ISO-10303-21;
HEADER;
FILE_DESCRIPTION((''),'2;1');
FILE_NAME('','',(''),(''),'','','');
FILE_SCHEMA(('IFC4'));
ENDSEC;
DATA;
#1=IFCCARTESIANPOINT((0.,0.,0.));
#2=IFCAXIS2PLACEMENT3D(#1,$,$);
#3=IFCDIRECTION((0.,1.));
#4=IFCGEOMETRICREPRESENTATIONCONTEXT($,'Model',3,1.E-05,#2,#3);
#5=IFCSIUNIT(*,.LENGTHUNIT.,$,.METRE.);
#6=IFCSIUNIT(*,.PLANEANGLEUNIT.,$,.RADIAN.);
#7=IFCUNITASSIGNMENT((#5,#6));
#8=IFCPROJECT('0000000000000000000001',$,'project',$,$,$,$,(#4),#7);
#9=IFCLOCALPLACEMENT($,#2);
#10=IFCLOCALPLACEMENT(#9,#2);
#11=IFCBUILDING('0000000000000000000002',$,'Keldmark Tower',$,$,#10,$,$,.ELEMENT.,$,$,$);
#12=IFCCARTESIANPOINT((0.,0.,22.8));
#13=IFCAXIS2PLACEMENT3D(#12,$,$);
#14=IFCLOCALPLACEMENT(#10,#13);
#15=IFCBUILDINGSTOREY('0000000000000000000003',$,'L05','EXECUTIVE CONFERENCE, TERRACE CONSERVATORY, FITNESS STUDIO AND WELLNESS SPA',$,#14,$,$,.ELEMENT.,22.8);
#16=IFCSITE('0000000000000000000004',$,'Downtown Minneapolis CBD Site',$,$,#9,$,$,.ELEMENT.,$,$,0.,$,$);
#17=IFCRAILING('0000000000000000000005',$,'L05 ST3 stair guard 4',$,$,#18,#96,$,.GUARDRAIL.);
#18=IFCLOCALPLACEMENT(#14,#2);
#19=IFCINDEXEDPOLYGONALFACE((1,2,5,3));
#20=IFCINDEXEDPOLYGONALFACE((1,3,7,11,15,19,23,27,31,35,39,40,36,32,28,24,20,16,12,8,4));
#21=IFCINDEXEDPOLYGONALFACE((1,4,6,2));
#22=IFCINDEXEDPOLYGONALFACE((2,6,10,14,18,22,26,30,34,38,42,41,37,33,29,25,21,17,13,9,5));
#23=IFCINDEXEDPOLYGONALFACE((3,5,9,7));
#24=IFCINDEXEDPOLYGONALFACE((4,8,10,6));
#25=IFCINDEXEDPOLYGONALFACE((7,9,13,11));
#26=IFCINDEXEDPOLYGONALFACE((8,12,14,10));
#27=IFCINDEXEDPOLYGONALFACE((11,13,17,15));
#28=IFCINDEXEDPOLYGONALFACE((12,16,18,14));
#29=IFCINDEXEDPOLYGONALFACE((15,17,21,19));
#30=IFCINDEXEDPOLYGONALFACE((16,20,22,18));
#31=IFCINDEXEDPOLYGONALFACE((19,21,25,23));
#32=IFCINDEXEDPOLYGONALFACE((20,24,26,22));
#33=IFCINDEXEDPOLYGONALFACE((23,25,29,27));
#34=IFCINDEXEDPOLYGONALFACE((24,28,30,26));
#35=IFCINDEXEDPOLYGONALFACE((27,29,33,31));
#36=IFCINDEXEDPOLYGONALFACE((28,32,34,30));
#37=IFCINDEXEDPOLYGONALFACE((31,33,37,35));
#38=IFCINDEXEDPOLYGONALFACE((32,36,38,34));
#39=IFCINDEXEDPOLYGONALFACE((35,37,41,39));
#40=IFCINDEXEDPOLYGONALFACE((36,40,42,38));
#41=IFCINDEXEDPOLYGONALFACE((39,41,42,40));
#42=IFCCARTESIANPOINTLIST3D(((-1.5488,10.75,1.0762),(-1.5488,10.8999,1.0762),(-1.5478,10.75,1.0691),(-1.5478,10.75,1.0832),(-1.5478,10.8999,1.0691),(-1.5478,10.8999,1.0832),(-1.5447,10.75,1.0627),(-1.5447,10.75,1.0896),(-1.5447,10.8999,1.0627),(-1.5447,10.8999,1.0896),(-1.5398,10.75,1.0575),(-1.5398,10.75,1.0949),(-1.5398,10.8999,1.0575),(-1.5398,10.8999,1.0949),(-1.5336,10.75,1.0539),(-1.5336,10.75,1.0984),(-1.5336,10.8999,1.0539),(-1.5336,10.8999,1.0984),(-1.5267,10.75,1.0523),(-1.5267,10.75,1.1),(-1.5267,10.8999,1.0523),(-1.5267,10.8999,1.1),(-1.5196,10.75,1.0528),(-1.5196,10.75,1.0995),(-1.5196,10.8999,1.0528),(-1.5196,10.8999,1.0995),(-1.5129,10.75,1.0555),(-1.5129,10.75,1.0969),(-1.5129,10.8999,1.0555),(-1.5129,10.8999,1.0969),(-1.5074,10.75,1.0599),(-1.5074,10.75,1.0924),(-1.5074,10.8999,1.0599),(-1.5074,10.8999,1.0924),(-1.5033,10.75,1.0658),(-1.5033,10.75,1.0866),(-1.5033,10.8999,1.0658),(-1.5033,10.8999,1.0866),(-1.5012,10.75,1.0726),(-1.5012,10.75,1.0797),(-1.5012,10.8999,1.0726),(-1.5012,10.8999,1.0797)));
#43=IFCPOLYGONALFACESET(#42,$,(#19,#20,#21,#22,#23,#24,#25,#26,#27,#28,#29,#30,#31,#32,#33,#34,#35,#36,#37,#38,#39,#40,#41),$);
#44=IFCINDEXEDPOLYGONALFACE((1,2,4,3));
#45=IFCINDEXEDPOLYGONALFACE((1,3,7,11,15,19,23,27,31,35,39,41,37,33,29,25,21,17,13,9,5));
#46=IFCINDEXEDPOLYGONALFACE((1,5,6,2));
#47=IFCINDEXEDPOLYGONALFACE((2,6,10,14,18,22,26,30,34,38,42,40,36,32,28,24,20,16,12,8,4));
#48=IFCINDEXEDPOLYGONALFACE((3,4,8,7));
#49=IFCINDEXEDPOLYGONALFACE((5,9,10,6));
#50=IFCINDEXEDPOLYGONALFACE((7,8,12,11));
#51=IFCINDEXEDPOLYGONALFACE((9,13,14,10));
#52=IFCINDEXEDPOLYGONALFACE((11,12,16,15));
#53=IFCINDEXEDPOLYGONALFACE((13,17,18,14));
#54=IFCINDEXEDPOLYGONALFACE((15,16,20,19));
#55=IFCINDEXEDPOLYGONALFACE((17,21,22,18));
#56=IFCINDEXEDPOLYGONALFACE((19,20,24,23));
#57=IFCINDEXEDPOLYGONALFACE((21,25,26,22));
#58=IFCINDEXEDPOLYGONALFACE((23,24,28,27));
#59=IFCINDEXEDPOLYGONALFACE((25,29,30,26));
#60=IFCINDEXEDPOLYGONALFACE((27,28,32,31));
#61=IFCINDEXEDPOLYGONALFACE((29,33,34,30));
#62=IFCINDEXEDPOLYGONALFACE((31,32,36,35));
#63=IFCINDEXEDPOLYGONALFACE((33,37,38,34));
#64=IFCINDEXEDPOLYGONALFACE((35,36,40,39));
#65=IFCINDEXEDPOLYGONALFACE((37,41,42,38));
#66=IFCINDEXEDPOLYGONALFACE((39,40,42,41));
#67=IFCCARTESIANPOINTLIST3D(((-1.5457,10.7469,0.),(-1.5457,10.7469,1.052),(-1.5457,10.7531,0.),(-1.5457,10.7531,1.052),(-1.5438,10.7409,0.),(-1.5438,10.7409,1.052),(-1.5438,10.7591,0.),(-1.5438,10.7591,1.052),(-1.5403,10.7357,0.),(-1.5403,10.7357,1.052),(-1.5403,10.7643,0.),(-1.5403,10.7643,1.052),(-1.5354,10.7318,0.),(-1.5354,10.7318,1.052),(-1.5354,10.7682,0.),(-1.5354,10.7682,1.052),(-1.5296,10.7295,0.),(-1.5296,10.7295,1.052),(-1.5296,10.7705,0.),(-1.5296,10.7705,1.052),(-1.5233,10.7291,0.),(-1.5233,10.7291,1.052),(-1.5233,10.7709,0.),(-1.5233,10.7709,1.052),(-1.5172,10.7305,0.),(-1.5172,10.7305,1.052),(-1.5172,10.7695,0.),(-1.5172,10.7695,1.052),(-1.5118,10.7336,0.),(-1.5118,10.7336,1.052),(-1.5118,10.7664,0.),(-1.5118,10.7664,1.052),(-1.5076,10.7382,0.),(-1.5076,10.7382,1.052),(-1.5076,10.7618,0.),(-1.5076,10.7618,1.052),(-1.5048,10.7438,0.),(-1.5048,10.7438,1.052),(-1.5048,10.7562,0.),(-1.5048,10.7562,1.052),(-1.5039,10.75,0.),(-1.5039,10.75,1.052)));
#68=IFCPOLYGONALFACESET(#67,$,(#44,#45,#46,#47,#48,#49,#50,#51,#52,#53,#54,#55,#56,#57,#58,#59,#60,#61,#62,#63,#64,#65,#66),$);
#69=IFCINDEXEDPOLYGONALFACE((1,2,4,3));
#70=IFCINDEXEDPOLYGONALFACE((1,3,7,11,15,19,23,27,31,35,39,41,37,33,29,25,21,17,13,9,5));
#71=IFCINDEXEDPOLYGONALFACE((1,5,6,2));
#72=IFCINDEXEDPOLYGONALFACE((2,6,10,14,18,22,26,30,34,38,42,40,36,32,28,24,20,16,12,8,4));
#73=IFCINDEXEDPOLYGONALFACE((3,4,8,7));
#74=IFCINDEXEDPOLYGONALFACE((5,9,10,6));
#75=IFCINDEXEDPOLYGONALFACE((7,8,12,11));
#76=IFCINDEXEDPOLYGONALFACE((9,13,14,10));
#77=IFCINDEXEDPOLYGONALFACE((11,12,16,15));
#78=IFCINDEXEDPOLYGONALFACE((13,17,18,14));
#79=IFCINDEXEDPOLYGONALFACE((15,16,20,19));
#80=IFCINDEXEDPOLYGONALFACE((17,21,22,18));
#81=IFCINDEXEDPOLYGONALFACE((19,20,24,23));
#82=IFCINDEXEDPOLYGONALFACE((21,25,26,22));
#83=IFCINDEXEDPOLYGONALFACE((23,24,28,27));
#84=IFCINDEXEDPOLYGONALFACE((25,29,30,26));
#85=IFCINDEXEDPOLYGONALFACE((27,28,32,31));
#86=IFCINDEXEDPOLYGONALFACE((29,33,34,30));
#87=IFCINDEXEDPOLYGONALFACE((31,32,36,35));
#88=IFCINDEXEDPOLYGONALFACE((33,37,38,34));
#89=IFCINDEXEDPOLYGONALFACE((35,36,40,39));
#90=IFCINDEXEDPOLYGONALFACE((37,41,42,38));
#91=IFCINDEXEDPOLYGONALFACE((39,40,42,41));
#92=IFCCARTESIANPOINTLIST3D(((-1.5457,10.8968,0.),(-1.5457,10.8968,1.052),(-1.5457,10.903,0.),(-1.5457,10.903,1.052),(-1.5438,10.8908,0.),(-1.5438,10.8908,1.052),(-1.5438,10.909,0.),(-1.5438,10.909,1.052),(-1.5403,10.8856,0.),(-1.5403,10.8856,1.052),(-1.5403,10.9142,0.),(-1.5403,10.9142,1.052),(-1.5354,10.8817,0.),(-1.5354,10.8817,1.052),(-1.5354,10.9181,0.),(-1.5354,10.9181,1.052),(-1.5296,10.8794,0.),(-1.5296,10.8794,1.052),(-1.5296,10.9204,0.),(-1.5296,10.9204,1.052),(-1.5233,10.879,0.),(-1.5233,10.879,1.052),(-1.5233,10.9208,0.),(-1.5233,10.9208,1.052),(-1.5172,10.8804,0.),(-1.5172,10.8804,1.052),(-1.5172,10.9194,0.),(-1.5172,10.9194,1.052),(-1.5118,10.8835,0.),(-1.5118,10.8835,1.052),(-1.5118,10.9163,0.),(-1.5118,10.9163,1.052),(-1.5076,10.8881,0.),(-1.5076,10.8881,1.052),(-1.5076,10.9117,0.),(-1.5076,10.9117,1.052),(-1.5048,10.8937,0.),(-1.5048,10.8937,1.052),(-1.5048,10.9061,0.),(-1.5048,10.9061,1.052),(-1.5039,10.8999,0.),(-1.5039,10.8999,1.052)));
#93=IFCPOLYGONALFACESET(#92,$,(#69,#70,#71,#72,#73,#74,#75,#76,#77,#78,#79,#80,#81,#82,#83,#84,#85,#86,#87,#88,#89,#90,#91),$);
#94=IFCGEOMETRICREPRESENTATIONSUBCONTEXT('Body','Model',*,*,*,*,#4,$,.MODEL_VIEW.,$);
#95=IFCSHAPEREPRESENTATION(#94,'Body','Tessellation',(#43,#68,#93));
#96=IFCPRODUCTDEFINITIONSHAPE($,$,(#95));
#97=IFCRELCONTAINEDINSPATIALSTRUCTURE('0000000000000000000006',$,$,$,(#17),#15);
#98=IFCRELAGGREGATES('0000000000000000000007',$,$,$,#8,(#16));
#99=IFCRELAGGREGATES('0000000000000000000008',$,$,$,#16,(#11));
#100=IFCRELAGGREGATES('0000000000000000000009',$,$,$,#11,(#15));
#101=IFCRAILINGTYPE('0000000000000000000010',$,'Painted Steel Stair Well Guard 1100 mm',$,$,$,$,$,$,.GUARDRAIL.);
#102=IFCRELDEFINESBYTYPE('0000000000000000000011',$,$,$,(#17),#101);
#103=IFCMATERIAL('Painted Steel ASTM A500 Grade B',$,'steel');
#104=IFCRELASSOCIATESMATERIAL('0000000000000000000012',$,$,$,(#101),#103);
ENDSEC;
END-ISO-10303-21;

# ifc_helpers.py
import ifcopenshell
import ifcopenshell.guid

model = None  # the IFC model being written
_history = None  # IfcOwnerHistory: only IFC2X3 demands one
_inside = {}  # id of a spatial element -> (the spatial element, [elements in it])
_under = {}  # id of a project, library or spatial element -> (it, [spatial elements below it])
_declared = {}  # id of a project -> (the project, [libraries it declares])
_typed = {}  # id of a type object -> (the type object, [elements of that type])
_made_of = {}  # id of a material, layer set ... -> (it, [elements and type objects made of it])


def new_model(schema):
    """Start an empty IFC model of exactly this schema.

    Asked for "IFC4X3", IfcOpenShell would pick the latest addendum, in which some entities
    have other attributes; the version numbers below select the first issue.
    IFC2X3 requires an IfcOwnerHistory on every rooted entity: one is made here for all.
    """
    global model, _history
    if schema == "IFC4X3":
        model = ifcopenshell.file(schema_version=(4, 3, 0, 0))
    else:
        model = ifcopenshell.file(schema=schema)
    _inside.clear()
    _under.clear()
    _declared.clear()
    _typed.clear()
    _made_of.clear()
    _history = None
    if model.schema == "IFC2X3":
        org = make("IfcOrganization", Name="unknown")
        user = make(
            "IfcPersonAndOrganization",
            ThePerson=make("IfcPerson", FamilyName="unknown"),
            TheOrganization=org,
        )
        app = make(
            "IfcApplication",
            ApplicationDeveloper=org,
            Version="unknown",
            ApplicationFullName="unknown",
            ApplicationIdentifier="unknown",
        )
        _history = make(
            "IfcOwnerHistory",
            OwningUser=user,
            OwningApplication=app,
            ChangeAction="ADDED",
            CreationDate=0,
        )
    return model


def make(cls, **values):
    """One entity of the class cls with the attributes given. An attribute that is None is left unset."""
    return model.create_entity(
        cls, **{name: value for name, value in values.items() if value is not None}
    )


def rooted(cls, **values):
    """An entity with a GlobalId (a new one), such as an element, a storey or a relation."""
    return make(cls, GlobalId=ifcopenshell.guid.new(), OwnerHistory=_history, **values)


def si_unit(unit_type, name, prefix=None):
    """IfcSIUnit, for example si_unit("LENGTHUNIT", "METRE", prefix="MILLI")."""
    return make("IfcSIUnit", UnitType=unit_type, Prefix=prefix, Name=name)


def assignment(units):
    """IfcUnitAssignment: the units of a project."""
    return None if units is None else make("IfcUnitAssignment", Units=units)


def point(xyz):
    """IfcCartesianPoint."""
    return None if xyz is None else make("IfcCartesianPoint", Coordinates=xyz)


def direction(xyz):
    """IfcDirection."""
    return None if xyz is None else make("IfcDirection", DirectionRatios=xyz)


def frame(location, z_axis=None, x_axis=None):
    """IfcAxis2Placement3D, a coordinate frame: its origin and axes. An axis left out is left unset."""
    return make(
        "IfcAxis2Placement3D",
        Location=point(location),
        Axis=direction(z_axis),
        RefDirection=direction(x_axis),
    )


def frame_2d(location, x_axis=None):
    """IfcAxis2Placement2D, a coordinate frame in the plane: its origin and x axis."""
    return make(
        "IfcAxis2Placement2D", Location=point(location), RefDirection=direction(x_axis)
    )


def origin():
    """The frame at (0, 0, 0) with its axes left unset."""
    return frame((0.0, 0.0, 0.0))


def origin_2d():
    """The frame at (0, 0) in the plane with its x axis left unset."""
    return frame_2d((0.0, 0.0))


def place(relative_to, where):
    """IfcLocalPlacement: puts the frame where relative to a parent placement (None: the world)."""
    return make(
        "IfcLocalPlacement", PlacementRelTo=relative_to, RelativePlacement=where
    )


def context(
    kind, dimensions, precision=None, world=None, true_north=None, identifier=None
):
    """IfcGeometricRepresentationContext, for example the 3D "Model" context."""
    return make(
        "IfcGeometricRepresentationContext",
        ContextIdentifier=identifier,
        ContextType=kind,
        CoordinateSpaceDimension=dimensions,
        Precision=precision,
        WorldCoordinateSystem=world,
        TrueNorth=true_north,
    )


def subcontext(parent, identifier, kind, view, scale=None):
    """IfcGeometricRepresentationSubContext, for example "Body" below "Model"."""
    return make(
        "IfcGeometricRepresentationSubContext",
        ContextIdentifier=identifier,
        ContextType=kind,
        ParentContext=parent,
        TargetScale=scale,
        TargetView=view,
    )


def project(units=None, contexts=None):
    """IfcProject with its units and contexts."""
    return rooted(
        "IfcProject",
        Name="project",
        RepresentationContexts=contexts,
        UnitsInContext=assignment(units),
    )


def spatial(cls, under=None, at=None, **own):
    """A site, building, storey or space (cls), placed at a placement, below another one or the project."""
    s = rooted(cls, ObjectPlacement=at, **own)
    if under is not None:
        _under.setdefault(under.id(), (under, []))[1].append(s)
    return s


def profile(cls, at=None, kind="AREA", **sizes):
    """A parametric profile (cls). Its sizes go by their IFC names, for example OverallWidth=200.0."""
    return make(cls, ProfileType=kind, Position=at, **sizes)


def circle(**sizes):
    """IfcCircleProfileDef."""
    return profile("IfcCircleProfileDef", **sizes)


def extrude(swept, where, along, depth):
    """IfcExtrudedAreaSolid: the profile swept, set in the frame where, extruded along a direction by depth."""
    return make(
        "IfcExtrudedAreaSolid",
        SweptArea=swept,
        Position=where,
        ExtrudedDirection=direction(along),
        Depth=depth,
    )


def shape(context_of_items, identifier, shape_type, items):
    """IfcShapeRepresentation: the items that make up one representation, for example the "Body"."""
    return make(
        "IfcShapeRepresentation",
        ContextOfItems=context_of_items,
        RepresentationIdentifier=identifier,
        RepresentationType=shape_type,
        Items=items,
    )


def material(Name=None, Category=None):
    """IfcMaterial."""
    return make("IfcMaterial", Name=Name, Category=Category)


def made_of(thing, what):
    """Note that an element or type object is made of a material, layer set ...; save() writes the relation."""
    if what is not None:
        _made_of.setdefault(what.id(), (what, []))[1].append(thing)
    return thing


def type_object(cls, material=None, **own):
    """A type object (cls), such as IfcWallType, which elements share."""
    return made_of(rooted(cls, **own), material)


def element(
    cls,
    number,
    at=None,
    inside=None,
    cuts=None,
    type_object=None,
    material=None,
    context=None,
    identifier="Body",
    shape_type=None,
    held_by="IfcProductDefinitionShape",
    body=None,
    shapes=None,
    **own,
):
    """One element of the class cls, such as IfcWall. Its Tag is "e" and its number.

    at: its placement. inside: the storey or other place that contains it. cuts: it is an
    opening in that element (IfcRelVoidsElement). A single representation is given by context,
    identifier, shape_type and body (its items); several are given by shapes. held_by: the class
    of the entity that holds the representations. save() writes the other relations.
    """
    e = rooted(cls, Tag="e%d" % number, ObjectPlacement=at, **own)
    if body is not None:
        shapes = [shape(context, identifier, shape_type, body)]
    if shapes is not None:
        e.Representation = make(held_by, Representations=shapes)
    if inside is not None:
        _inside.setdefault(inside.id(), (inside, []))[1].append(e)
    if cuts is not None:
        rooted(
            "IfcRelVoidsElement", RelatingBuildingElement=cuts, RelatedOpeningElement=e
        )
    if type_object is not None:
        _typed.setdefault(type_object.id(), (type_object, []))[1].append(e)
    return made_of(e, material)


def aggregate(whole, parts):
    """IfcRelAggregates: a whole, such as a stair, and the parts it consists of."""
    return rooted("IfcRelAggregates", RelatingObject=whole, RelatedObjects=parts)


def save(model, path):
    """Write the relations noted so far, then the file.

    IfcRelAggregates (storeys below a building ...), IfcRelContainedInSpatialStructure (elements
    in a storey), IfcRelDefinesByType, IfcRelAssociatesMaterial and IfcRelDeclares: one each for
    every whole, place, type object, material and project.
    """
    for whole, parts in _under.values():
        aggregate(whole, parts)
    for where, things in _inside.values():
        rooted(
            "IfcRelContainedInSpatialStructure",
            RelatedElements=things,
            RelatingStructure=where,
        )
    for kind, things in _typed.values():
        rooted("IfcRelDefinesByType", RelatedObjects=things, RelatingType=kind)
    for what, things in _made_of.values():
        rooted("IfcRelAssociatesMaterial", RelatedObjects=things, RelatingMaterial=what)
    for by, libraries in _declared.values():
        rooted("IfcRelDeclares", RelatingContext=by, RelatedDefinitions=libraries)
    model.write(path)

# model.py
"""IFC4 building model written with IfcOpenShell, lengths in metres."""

from ifc_helpers import new_model, si_unit, direction, frame, origin, origin_2d, place, context, subcontext, project, spatial, circle, extrude, material, type_object, element, save


model = new_model("IFC4")

# Units and contexts
model_context = context("Model", 3, precision=1e-05, world=origin(), true_north=direction((0.0, 1.0)))
body_context = subcontext(model_context, "Body", "Model", "MODEL_VIEW")
ifc_project = project(units=[si_unit("LENGTHUNIT", "METRE"), si_unit("PLANEANGLEUNIT", "RADIAN")], contexts=[model_context])

# Site, building, storey
site_placement = place(None, origin())
site = spatial("IfcSite", under=ifc_project, at=site_placement, Name="Downtown Minneapolis CBD Site", CompositionType="ELEMENT", RefElevation=0.0)
building_placement = place(site_placement, origin())
building = spatial("IfcBuilding", under=site, at=building_placement, Name="Keldmark Tower", CompositionType="ELEMENT")
storey_placement = place(building_placement, frame((0.0, 0.0, 22.8)))
storey = spatial("IfcBuildingStorey", under=building, at=storey_placement, Name="L05", Description="EXECUTIVE CONFERENCE, TERRACE CONSERVATORY, FITNESS STUDIO AND WELLNESS SPA", CompositionType="ELEMENT", Elevation=22.8)

# Railing
ifc_material_1 = material(Name="Painted Steel ASTM A500 Grade B", Category="steel")
railing_type_1 = type_object("IfcRailingType", Name="Painted Steel Stair Well Guard 1100 mm", PredefinedType="GUARDRAIL", material=ifc_material_1)
railing_1_placement = place(storey_placement, frame((-1.5249, 10.75, 0.0)))
element("IfcRailing", 1, at=railing_1_placement, inside=storey, type_object=railing_type_1, Name="L05 ST3 stair guard 4", PredefinedType="GUARDRAIL", context=body_context, shape_type="SweptSolid", body=[
    extrude(circle(Radius=0.0239, at=origin_2d()), frame((0.0, 0.0, 1.0762), z_axis=(0.0, 1.0, 0.0), x_axis=(-1.0, 0.0, 0.0)), (0.0, 0.0, 1.0), 0.1499),
    extrude(circle(Radius=0.021, at=origin_2d()), origin(), (0.0, 0.0, 1.0), 1.052),
    extrude(circle(Radius=0.021, at=origin_2d()), frame((0.0, 0.1499, 0.0)), (0.0, 0.0, 1.0), 1.052),
])

save(model, "model.ifc")
